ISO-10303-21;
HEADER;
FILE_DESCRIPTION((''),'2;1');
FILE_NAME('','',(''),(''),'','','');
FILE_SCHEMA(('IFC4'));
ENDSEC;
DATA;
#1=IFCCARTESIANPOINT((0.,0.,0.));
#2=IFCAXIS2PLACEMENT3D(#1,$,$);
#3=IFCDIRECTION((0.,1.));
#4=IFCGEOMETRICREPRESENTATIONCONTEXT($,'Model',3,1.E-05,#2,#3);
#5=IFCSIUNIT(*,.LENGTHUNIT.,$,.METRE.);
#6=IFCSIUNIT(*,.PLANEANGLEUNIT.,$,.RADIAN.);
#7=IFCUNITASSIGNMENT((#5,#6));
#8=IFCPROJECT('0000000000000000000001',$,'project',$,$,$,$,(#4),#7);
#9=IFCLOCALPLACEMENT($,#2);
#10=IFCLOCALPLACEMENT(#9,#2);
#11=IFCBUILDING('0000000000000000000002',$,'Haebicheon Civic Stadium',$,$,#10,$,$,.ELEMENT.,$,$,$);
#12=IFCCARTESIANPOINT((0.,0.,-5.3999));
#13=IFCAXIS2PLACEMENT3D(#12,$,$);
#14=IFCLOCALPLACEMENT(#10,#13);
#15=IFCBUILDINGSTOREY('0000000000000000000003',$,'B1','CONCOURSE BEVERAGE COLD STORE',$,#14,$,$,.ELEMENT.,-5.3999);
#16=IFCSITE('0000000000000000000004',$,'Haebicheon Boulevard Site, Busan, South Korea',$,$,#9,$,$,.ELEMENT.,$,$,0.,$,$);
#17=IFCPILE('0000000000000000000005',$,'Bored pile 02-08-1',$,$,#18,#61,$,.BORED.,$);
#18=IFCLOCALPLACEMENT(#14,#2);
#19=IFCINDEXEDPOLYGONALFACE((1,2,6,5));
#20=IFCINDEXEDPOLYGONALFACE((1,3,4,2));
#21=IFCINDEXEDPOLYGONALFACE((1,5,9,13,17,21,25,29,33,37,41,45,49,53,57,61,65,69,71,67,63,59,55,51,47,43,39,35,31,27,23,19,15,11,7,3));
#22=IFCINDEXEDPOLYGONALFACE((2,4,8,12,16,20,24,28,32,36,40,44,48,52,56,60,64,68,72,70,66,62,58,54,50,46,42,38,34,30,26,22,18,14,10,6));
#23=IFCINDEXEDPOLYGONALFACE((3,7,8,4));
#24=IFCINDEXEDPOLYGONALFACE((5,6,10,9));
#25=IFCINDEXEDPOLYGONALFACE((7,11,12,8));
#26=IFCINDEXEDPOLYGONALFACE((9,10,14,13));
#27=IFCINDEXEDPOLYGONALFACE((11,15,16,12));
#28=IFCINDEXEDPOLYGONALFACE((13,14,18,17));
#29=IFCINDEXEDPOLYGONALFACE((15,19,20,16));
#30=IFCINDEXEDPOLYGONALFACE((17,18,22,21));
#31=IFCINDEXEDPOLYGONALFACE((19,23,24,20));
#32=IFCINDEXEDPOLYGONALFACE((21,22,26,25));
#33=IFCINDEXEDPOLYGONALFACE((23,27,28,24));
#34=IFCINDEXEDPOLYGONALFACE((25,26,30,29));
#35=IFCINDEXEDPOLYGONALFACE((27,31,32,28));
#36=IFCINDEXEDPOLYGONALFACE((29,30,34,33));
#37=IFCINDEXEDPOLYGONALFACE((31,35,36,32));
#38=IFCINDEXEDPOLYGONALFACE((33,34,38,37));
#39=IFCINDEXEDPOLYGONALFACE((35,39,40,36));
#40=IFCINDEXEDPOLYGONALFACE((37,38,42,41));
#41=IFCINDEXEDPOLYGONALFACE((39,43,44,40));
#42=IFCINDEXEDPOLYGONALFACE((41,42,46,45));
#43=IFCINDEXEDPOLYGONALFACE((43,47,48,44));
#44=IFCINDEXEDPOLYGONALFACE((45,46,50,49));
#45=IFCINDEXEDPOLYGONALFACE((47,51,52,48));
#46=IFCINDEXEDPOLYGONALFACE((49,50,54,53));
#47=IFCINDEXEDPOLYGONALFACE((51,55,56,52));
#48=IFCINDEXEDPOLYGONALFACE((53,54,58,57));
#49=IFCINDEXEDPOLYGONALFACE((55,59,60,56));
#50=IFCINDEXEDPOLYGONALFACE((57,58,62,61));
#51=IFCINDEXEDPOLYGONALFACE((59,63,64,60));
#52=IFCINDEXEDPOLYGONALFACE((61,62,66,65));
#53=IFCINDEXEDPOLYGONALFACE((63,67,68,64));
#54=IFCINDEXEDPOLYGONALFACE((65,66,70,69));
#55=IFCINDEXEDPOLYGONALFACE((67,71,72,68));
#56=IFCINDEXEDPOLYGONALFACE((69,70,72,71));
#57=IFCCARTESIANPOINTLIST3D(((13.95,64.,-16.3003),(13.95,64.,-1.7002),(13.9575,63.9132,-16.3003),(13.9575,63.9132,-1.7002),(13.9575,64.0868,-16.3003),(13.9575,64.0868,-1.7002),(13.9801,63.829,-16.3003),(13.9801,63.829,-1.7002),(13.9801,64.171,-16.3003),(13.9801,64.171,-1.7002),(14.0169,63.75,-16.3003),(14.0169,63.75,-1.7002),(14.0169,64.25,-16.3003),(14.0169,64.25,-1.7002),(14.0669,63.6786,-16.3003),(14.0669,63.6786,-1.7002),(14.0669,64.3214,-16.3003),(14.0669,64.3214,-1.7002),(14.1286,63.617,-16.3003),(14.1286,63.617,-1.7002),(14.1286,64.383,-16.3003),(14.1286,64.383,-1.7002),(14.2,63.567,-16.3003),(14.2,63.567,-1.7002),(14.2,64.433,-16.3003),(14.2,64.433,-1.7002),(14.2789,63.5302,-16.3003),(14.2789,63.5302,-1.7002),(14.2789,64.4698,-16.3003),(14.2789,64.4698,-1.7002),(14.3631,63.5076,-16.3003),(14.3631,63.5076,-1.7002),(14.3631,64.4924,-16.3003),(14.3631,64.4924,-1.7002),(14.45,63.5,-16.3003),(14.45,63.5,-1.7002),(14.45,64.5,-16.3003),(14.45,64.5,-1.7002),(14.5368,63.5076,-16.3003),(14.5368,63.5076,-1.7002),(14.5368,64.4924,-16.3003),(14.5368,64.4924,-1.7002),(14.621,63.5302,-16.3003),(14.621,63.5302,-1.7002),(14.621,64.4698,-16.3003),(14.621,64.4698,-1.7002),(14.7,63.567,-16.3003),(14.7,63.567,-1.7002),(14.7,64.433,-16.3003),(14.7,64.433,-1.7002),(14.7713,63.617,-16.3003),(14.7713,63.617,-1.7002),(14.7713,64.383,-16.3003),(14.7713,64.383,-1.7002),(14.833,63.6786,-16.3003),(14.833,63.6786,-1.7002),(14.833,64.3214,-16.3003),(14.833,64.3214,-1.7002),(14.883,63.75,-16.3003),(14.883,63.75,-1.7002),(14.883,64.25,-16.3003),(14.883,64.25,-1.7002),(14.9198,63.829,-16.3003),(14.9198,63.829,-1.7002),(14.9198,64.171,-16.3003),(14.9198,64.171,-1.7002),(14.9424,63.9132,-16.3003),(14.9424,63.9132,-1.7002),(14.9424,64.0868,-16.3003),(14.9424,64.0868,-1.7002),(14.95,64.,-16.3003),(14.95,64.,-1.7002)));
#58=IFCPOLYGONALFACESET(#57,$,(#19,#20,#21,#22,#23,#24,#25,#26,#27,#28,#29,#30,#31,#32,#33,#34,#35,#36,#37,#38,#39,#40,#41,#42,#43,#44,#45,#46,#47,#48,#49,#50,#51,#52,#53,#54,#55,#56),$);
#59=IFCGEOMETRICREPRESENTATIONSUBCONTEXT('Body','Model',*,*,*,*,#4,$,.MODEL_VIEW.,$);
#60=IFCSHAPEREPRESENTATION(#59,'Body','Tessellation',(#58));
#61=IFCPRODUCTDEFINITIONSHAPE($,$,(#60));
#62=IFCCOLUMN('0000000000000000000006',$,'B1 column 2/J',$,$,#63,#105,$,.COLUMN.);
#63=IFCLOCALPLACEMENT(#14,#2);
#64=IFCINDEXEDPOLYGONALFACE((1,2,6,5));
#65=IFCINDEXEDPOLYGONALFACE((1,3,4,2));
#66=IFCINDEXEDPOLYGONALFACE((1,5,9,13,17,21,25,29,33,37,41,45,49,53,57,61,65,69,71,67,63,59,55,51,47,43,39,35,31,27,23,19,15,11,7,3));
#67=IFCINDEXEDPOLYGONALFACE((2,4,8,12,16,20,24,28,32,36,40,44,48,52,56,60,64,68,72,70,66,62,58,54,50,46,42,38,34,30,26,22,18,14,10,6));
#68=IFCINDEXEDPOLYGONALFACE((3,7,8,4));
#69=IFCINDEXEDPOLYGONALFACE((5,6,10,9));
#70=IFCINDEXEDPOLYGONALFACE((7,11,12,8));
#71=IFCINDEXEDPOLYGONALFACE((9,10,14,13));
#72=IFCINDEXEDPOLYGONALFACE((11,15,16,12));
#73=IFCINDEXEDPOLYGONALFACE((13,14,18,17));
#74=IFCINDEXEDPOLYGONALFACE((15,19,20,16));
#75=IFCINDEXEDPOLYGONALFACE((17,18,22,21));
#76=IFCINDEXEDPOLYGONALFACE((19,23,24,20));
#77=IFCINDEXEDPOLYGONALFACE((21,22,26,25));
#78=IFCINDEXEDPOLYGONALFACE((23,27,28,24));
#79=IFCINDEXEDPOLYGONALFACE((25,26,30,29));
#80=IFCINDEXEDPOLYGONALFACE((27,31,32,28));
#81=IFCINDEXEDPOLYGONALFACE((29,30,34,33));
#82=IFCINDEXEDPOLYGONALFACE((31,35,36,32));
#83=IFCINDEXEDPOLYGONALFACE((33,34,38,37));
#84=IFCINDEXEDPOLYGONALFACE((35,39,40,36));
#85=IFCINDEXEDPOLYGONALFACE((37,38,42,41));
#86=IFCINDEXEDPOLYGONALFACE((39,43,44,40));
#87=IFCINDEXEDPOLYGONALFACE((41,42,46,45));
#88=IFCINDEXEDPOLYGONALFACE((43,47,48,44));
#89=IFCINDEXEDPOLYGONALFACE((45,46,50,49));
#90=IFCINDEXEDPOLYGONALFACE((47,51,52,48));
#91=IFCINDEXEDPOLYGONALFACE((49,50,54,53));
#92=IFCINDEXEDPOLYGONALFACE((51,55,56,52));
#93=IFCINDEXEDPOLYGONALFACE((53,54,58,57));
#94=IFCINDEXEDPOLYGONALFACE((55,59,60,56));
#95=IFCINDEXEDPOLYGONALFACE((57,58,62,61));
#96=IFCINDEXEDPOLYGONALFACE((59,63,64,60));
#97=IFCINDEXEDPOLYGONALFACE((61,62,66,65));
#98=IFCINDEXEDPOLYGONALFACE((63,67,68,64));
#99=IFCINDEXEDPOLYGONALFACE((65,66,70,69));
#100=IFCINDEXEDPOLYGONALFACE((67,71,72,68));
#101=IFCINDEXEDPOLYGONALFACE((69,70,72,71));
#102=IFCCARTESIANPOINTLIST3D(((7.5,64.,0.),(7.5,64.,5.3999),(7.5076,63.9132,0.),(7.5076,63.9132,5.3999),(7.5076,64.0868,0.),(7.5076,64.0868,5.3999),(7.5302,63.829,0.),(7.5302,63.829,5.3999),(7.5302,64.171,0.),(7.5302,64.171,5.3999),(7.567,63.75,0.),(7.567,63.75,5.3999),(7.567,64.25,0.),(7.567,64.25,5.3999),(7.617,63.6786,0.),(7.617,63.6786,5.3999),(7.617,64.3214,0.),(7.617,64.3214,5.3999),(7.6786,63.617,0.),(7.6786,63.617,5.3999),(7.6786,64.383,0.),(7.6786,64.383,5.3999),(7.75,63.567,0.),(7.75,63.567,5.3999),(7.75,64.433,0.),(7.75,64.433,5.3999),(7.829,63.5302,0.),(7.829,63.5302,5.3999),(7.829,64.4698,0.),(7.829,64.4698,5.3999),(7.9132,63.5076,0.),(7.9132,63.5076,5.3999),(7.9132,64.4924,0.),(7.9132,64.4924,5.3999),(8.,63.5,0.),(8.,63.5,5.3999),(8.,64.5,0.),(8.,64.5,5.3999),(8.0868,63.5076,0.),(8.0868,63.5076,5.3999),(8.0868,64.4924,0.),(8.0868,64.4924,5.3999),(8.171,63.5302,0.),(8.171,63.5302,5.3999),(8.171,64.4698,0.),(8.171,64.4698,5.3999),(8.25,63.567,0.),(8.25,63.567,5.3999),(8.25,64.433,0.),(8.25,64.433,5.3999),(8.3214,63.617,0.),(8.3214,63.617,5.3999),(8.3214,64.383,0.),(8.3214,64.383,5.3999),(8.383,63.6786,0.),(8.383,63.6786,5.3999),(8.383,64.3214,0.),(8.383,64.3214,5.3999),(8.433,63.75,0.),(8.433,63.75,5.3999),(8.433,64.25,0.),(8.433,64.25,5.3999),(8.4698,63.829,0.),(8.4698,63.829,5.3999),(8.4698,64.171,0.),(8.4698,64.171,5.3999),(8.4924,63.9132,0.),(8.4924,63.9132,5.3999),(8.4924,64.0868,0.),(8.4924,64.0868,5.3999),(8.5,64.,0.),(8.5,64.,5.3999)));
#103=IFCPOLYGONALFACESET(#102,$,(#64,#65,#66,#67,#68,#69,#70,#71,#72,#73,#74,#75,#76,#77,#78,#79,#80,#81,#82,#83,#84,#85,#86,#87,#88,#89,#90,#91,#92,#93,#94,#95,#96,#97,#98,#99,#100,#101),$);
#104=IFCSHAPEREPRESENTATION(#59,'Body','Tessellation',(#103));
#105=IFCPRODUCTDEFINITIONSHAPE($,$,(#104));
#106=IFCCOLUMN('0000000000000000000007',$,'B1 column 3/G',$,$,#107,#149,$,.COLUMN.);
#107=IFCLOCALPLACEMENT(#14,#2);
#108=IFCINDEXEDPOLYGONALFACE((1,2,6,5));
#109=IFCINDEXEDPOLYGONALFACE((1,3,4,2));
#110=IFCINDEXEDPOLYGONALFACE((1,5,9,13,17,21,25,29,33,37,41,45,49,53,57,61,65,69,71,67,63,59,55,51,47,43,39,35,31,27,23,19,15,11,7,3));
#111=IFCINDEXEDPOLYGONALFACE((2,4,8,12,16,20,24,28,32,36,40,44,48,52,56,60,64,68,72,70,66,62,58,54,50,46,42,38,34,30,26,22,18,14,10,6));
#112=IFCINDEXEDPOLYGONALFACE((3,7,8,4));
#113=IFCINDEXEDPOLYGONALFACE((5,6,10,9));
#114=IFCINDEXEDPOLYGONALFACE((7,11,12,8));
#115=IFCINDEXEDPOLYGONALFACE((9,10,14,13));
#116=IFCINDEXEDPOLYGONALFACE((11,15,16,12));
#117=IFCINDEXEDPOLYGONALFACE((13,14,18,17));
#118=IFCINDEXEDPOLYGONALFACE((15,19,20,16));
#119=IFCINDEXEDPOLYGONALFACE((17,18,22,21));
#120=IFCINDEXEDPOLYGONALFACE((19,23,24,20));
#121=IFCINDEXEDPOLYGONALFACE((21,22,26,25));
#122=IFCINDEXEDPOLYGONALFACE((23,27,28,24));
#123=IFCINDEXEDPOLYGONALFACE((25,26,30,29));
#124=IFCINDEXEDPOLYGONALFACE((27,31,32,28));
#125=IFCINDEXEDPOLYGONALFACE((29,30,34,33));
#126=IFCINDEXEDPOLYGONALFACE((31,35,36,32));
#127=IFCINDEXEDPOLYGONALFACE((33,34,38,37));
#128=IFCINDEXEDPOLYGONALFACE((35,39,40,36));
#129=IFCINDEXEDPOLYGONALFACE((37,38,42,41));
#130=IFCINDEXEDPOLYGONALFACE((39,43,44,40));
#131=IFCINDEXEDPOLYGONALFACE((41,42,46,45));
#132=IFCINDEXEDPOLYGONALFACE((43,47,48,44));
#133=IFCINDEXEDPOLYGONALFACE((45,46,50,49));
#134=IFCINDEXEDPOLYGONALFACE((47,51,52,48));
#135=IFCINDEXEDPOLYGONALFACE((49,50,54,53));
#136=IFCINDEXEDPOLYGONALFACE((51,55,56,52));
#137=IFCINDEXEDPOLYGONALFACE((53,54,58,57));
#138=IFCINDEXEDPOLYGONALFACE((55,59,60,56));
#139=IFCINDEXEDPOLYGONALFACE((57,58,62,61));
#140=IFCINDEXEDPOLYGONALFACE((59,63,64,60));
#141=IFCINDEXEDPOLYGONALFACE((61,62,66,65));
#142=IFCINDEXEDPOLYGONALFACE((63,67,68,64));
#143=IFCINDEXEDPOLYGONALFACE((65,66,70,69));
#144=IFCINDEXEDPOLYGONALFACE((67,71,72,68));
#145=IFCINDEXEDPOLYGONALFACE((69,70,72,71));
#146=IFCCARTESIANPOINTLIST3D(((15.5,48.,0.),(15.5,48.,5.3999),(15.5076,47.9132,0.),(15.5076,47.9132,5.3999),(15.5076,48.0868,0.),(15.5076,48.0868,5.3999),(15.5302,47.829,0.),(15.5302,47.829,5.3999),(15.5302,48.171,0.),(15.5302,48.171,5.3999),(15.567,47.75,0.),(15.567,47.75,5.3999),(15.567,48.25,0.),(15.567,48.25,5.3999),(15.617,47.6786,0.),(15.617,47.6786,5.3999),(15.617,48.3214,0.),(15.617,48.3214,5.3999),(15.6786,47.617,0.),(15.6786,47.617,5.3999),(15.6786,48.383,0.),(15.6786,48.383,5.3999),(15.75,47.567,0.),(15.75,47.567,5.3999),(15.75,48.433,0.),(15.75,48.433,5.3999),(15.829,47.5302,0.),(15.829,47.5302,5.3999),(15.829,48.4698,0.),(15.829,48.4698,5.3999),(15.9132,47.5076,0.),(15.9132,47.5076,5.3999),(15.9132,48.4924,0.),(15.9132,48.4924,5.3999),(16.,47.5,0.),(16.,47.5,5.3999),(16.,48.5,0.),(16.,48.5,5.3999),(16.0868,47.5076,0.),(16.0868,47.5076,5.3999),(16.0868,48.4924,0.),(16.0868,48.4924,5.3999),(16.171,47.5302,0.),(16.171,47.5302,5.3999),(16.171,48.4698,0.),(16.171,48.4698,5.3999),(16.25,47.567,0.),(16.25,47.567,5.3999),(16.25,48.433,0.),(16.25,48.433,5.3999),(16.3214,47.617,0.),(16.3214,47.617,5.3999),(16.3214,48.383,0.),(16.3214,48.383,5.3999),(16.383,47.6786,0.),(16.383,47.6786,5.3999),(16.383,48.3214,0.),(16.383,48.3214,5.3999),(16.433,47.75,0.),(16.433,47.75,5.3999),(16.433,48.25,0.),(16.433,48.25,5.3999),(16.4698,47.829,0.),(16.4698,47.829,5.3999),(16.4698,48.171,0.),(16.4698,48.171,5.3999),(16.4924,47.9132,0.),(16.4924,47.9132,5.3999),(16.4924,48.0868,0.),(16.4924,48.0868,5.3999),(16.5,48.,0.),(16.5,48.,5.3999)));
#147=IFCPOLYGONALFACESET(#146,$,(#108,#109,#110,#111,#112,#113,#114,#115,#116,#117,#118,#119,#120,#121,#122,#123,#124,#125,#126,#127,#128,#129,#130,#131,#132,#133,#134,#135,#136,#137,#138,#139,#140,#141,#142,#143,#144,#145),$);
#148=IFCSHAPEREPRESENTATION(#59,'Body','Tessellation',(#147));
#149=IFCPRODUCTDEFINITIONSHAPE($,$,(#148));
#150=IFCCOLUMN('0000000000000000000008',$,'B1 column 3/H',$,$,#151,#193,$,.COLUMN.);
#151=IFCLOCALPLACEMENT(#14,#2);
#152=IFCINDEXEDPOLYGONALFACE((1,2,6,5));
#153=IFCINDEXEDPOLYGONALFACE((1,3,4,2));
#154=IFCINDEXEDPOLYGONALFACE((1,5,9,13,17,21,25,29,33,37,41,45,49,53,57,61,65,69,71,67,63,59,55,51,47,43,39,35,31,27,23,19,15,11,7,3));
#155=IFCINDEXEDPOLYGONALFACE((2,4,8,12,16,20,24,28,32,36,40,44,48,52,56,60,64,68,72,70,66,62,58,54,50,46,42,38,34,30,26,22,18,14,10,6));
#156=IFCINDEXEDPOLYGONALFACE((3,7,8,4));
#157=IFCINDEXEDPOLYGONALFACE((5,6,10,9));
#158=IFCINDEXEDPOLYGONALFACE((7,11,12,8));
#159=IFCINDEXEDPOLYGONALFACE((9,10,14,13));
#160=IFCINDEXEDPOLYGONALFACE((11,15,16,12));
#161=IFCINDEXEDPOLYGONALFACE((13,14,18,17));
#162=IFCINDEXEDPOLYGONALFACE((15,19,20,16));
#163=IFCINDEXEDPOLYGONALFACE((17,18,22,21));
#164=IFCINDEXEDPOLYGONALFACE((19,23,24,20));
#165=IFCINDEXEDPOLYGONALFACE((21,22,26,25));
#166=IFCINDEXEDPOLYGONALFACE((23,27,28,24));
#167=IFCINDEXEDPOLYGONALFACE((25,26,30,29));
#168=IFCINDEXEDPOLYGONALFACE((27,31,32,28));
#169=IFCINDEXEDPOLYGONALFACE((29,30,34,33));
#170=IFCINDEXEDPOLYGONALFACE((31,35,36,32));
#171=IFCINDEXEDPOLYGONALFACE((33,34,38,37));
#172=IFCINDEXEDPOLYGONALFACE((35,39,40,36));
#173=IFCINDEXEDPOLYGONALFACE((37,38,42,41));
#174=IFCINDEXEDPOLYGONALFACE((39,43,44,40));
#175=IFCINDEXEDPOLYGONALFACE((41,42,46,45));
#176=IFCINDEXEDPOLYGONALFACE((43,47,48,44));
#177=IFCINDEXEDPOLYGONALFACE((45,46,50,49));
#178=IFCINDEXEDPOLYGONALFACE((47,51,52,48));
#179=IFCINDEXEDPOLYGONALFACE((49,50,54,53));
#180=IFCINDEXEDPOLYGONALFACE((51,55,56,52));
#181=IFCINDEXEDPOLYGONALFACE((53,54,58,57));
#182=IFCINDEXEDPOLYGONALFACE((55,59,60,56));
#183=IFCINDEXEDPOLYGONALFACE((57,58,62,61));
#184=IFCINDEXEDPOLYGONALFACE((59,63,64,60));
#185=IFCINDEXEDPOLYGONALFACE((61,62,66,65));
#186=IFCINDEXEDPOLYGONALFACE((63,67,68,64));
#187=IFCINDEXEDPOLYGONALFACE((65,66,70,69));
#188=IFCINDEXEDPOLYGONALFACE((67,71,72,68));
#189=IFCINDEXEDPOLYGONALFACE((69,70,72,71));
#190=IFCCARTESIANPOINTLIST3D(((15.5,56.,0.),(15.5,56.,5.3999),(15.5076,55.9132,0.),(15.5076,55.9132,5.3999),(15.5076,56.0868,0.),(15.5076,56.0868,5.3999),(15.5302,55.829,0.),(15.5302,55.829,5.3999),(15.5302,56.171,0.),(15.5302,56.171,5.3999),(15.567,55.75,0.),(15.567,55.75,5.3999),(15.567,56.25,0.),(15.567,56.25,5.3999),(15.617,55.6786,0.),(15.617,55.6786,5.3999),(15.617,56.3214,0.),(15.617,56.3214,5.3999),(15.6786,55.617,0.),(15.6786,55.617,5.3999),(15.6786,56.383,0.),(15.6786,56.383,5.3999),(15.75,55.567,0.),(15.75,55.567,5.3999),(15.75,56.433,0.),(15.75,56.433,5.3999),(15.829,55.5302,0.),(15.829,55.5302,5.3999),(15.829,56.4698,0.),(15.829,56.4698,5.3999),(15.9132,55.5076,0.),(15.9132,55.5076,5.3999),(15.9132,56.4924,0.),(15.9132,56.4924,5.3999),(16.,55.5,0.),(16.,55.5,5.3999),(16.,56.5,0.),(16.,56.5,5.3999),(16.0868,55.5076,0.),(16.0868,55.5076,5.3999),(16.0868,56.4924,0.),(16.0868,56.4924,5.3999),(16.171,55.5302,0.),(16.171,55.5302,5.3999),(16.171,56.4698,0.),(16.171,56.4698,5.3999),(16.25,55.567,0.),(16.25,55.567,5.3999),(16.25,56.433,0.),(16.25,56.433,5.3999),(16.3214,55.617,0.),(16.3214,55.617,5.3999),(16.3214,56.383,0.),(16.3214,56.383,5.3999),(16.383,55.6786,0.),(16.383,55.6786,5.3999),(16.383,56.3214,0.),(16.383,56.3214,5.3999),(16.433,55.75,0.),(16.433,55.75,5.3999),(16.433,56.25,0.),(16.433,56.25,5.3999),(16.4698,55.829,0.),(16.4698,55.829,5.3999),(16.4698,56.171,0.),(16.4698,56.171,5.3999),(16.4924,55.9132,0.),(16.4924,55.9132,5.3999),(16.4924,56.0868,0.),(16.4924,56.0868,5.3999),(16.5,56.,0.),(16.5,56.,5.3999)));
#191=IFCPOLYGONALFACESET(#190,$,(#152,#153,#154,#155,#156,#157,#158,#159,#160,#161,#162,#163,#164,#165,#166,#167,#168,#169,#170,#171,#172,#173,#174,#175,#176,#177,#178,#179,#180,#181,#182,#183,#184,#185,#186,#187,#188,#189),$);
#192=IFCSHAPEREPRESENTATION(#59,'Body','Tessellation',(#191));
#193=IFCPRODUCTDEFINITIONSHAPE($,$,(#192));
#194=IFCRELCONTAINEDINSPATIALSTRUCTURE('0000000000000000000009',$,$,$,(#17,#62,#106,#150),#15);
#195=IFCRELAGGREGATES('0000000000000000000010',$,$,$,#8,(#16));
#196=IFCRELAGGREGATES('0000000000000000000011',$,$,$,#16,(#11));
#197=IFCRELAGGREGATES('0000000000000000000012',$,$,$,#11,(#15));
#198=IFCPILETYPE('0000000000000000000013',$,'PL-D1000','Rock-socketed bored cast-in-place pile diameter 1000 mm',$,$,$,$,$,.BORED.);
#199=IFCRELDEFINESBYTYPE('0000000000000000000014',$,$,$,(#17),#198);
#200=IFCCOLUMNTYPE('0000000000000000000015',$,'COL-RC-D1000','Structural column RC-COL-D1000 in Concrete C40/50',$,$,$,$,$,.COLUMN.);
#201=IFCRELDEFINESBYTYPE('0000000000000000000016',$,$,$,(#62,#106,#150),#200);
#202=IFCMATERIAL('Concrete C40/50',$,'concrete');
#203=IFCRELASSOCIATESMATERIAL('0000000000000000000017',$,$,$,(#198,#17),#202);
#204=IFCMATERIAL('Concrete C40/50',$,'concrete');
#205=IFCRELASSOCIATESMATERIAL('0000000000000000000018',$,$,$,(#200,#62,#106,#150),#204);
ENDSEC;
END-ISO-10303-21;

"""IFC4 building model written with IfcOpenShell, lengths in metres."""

from ifc_helpers import new_model, si_unit, direction, frame, origin, origin_2d, place, context, subcontext, project, spatial, circle, extrude, material, material_profile, profile_set, type_object, element, save


model = new_model("IFC4")

# Units and contexts
model_context = context("Model", 3, precision=1e-05, world=origin(), true_north=direction((0.0, 1.0)))
body_context = subcontext(model_context, "Body", "Model", "MODEL_VIEW")
ifc_project = project(units=[si_unit("LENGTHUNIT", "METRE"), si_unit("PLANEANGLEUNIT", "RADIAN")], contexts=[model_context])

# Site, building, storey
site_placement = place(None, origin())
site = spatial("IfcSite", under=ifc_project, at=site_placement, Name="Haebicheon Boulevard Site, Busan, South Korea", CompositionType="ELEMENT", RefElevation=0.0)
building_placement = place(site_placement, origin())
building = spatial("IfcBuilding", under=site, at=building_placement, Name="Haebicheon Civic Stadium", CompositionType="ELEMENT")
storey_placement = place(building_placement, frame((0.0, 0.0, -5.3999)))
storey = spatial("IfcBuildingStorey", under=building, at=storey_placement, Name="B1", Description="CONCOURSE BEVERAGE COLD STORE", CompositionType="ELEMENT", Elevation=-5.3999)

# Pile
ifc_material_1 = material(Name="Concrete C40/50", Category="concrete")
ifc_material_profile_1 = material_profile(ifc_material_1, circle(Radius=0.5, at=origin_2d()), Name="PILE-D1000")
ifc_profile_set_1 = profile_set([ifc_material_profile_1], Name="Concrete C40/50")
pile_type = type_object("IfcPileType", Name="PL-D1000", Description="Rock-socketed bored cast-in-place pile diameter 1000 mm", PredefinedType="BORED", material=ifc_profile_set_1)
pile_1_placement = place(storey_placement, frame((14.45, 64.0, -1.7002), z_axis=(0.0, 0.0, -1.0), x_axis=(1.0, 0.0, 0.0)))
element("IfcPile", 1, at=pile_1_placement, inside=storey, type_object=pile_type, material=ifc_profile_set_1, Name="Bored pile 02-08-1", PredefinedType="BORED", context=body_context, shape_type="SweptSolid", body=[
    extrude(circle(Radius=0.5, at=origin_2d()), origin(), (0.0, 0.0, 1.0), 14.6001),
])

# Columns
ifc_material_2 = material(Name="Concrete C40/50", Category="concrete")
ifc_material_profile_2 = material_profile(ifc_material_2, circle(Radius=0.5, at=origin_2d()), Name="RC-COL-D1000")
ifc_profile_set_2 = profile_set([ifc_material_profile_2], Name="Concrete C40/50")
column_type = type_object("IfcColumnType", Name="COL-RC-D1000", Description="Structural column RC-COL-D1000 in Concrete C40/50", PredefinedType="COLUMN", material=ifc_profile_set_2)
for number, where, z_axis, x_axis, name in (
    (2, (8.0, 64.0, 0.0), (0.0, 0.0, 1.0), (1.0, 0.0, 0.0), "B1 column 2/J"),
    (3, (16.0, 48.0, 0.0), (0.0, 0.0, 1.0), (1.0, 0.0, 0.0), "B1 column 3/G"),
    (4, (16.0, 56.0, 0.0), (0.0, 0.0, 1.0), (1.0, 0.0, 0.0), "B1 column 3/H"),
):
    element("IfcColumn", number, at=place(storey_placement, frame(where, z_axis=z_axis, x_axis=x_axis)), inside=storey, type_object=column_type, material=ifc_profile_set_2, Name=name, PredefinedType="COLUMN", context=body_context, shape_type="SweptSolid", body=[
        extrude(circle(Radius=0.5, at=origin_2d()), origin(), (0.0, 0.0, 1.0), 5.3999),
    ])

save(model, "model.ifc")
